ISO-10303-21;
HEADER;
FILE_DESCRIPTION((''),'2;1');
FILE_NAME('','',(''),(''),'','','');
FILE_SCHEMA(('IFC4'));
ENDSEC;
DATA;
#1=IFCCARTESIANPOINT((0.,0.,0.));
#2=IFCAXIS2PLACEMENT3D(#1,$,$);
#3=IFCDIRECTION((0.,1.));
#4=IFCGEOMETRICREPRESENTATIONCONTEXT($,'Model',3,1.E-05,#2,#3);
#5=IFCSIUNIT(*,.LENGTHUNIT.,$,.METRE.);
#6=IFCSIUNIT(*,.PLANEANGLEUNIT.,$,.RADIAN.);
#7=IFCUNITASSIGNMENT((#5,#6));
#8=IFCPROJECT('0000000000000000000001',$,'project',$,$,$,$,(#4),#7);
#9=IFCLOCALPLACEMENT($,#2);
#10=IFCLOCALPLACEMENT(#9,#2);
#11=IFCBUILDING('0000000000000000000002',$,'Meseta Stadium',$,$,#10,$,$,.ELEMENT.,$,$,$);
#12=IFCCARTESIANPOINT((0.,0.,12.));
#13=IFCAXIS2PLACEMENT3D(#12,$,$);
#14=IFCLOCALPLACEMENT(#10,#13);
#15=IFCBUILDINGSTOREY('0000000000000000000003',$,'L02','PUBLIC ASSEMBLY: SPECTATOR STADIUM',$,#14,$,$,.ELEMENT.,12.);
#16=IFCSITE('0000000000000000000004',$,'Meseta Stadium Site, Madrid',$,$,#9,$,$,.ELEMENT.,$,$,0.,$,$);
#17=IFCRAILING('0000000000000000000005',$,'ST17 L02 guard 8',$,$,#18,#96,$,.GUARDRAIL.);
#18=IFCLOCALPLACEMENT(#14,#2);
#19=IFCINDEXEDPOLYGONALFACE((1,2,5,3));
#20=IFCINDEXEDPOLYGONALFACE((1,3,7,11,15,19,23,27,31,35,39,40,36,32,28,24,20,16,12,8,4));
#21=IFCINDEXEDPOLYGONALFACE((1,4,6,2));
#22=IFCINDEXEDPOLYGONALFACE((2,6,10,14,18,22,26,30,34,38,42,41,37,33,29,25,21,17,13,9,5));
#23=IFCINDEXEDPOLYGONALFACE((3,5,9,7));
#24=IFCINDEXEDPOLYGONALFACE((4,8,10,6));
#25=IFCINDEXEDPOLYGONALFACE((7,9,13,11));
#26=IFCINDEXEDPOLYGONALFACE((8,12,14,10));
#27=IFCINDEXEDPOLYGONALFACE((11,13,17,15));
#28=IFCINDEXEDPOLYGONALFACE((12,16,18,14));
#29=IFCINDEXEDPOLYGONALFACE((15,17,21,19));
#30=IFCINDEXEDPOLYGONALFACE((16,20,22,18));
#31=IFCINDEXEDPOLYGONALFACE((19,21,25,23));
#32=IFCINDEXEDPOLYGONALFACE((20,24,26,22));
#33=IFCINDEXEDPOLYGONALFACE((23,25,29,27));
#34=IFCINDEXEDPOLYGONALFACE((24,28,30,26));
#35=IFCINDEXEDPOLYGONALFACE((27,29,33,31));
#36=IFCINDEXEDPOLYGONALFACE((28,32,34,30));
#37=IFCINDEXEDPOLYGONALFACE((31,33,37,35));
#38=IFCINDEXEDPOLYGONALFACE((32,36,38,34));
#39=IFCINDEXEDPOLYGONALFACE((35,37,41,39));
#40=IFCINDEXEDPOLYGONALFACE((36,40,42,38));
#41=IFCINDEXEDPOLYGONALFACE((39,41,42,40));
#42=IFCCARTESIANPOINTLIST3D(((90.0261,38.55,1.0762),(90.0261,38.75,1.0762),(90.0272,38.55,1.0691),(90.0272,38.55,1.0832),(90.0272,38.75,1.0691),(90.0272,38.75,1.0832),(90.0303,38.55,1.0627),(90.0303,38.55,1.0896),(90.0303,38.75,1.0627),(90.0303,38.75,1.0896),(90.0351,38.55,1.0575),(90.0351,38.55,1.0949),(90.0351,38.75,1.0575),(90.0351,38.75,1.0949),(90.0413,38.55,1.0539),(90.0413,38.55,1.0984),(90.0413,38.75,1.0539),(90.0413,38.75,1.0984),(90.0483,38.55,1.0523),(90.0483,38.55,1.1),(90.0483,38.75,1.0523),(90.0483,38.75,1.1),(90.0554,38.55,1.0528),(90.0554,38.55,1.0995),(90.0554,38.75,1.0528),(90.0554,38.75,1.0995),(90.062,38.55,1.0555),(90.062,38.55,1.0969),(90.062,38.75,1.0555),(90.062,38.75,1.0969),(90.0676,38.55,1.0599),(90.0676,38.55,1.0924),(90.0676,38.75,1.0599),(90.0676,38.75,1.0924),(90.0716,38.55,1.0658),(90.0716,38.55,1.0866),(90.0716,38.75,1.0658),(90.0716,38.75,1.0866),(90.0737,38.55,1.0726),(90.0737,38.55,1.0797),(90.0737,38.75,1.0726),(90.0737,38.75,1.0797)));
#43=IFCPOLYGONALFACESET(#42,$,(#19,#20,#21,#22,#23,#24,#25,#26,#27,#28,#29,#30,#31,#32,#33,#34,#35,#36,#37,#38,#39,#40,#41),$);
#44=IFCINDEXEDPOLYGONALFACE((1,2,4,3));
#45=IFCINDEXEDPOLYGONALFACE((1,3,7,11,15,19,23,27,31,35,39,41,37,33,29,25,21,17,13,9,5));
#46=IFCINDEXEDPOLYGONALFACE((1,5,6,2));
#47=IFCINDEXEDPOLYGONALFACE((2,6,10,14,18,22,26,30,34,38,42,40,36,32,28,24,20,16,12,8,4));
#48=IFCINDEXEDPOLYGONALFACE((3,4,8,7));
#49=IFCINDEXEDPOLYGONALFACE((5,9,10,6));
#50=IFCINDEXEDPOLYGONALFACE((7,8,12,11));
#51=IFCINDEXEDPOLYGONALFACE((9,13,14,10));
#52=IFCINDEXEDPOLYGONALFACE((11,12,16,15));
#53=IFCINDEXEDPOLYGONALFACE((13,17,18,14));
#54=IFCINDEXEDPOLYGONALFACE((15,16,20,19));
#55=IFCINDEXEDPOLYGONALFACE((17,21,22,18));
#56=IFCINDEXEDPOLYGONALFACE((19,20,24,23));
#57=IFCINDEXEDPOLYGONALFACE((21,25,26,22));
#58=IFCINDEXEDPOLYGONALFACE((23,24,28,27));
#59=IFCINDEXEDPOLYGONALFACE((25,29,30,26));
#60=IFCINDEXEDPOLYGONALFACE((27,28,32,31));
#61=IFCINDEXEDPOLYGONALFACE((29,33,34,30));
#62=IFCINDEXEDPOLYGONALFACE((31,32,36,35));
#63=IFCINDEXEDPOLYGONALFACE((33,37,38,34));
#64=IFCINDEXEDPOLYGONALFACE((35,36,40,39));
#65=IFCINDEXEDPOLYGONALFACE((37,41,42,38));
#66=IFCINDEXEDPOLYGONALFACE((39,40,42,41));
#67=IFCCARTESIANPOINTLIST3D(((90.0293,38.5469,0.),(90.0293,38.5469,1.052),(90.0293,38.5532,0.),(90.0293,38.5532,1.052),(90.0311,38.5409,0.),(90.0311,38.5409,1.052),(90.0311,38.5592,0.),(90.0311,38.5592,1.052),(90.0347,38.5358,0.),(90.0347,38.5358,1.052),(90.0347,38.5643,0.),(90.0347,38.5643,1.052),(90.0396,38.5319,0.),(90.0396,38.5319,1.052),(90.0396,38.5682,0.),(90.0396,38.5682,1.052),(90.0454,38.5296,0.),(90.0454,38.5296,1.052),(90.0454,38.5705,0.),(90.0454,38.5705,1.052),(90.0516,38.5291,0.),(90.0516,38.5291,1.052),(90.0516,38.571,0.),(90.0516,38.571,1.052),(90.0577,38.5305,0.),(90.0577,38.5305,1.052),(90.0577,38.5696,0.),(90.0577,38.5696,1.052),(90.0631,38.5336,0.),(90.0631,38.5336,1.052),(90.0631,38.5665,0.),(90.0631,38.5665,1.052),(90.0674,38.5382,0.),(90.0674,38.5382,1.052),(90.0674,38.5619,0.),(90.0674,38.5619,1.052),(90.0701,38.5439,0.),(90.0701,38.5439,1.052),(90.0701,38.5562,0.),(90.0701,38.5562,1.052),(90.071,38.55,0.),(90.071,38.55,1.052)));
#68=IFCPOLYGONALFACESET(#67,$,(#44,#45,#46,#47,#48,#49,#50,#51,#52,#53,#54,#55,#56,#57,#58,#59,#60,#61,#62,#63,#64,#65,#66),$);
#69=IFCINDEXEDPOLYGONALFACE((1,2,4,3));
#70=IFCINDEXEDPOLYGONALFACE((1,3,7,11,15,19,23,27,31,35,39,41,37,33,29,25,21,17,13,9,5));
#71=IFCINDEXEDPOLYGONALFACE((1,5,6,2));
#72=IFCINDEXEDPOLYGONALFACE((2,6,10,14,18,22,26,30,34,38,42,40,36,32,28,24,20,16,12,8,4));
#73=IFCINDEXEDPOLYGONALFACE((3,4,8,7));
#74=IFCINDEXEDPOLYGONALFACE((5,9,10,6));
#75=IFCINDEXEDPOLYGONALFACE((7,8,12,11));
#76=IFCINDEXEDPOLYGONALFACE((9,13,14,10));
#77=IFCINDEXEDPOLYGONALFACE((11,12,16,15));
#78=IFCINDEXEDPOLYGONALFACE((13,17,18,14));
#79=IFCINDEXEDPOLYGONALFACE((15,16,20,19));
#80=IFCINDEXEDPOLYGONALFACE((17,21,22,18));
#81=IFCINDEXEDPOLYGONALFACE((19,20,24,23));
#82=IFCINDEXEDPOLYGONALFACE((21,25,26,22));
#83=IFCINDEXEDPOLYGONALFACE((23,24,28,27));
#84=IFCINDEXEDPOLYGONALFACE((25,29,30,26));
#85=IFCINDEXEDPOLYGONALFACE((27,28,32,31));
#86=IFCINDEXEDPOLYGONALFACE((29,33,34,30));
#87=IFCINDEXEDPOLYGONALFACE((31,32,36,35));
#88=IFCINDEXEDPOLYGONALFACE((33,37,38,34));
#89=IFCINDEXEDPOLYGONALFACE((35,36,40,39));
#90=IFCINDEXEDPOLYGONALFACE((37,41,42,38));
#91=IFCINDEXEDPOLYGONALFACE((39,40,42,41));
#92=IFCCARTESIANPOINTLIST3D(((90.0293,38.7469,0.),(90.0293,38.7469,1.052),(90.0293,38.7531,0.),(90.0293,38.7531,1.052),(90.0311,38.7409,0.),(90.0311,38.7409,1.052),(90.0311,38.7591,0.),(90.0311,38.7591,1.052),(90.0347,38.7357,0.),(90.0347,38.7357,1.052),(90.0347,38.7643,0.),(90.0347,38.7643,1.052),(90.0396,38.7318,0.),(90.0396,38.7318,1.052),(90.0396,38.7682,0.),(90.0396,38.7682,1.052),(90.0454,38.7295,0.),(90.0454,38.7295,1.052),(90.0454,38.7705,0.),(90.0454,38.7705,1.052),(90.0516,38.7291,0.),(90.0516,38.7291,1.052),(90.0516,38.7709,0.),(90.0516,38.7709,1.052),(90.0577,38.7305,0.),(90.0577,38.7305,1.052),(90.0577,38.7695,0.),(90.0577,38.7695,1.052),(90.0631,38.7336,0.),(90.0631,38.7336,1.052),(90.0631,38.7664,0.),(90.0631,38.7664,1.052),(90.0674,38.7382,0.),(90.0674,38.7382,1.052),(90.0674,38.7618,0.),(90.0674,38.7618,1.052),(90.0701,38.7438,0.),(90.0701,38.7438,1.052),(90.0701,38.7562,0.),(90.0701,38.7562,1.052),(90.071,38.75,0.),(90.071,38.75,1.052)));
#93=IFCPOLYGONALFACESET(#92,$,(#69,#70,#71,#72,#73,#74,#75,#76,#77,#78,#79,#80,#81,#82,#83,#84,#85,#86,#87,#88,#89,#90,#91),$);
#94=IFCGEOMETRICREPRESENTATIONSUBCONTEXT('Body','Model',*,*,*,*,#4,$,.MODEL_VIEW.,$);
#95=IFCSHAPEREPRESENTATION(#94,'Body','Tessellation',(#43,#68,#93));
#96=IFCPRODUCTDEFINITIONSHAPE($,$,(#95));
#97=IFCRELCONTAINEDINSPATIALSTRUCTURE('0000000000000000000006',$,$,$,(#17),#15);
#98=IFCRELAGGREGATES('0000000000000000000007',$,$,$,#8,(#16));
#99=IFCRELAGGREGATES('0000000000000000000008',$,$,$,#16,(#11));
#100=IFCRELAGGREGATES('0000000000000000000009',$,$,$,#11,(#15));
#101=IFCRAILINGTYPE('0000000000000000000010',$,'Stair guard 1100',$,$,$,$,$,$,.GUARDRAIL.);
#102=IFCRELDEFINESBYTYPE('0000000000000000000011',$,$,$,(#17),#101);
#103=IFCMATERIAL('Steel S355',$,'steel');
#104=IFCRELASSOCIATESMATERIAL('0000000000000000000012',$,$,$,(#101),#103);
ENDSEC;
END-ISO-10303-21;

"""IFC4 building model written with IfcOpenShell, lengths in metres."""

from ifc_helpers import new_model, si_unit, direction, frame, origin, origin_2d, place, context, subcontext, project, spatial, circle, extrude, material, type_object, element, save


model = new_model("IFC4")

# Units and contexts
model_context = context("Model", 3, precision=1e-05, world=origin(), true_north=direction((0.0, 1.0)))
body_context = subcontext(model_context, "Body", "Model", "MODEL_VIEW")
ifc_project = project(units=[si_unit("LENGTHUNIT", "METRE"), si_unit("PLANEANGLEUNIT", "RADIAN")], contexts=[model_context])

# Site, building, storey
site_placement = place(None, origin())
site = spatial("IfcSite", under=ifc_project, at=site_placement, Name="Meseta Stadium Site, Madrid", CompositionType="ELEMENT", RefElevation=0.0)
building_placement = place(site_placement, origin())
building = spatial("IfcBuilding", under=site, at=building_placement, Name="Meseta Stadium", CompositionType="ELEMENT")
storey_placement = place(building_placement, frame((0.0, 0.0, 12.0)))
storey = spatial("IfcBuildingStorey", under=building, at=storey_placement, Name="L02", Description="PUBLIC ASSEMBLY: SPECTATOR STADIUM", CompositionType="ELEMENT", Elevation=12.0)

# Railing
ifc_material_1 = material(Name="Steel S355", Category="steel")
railing_type_1 = type_object("IfcRailingType", Name="Stair guard 1100", PredefinedType="GUARDRAIL", material=ifc_material_1)
railing_1_placement = place(storey_placement, frame((90.05, 38.55, 0.0)))
element("IfcRailing", 1, at=railing_1_placement, inside=storey, type_object=railing_type_1, Name="ST17 L02 guard 8", PredefinedType="GUARDRAIL", context=body_context, shape_type="SweptSolid", body=[
    extrude(circle(Radius=0.0239, at=origin_2d()), frame((0.0, 0.0, 1.0762), z_axis=(0.0, 1.0, 0.0), x_axis=(-1.0, 0.0, 0.0)), (0.0, 0.0, 1.0), 0.2),
    extrude(circle(Radius=0.021, at=origin_2d()), origin(), (0.0, 0.0, 1.0), 1.052),
    extrude(circle(Radius=0.021, at=origin_2d()), frame((0.0, 0.2, 0.0)), (0.0, 0.0, 1.0), 1.052),
])

save(model, "model.ifc")
